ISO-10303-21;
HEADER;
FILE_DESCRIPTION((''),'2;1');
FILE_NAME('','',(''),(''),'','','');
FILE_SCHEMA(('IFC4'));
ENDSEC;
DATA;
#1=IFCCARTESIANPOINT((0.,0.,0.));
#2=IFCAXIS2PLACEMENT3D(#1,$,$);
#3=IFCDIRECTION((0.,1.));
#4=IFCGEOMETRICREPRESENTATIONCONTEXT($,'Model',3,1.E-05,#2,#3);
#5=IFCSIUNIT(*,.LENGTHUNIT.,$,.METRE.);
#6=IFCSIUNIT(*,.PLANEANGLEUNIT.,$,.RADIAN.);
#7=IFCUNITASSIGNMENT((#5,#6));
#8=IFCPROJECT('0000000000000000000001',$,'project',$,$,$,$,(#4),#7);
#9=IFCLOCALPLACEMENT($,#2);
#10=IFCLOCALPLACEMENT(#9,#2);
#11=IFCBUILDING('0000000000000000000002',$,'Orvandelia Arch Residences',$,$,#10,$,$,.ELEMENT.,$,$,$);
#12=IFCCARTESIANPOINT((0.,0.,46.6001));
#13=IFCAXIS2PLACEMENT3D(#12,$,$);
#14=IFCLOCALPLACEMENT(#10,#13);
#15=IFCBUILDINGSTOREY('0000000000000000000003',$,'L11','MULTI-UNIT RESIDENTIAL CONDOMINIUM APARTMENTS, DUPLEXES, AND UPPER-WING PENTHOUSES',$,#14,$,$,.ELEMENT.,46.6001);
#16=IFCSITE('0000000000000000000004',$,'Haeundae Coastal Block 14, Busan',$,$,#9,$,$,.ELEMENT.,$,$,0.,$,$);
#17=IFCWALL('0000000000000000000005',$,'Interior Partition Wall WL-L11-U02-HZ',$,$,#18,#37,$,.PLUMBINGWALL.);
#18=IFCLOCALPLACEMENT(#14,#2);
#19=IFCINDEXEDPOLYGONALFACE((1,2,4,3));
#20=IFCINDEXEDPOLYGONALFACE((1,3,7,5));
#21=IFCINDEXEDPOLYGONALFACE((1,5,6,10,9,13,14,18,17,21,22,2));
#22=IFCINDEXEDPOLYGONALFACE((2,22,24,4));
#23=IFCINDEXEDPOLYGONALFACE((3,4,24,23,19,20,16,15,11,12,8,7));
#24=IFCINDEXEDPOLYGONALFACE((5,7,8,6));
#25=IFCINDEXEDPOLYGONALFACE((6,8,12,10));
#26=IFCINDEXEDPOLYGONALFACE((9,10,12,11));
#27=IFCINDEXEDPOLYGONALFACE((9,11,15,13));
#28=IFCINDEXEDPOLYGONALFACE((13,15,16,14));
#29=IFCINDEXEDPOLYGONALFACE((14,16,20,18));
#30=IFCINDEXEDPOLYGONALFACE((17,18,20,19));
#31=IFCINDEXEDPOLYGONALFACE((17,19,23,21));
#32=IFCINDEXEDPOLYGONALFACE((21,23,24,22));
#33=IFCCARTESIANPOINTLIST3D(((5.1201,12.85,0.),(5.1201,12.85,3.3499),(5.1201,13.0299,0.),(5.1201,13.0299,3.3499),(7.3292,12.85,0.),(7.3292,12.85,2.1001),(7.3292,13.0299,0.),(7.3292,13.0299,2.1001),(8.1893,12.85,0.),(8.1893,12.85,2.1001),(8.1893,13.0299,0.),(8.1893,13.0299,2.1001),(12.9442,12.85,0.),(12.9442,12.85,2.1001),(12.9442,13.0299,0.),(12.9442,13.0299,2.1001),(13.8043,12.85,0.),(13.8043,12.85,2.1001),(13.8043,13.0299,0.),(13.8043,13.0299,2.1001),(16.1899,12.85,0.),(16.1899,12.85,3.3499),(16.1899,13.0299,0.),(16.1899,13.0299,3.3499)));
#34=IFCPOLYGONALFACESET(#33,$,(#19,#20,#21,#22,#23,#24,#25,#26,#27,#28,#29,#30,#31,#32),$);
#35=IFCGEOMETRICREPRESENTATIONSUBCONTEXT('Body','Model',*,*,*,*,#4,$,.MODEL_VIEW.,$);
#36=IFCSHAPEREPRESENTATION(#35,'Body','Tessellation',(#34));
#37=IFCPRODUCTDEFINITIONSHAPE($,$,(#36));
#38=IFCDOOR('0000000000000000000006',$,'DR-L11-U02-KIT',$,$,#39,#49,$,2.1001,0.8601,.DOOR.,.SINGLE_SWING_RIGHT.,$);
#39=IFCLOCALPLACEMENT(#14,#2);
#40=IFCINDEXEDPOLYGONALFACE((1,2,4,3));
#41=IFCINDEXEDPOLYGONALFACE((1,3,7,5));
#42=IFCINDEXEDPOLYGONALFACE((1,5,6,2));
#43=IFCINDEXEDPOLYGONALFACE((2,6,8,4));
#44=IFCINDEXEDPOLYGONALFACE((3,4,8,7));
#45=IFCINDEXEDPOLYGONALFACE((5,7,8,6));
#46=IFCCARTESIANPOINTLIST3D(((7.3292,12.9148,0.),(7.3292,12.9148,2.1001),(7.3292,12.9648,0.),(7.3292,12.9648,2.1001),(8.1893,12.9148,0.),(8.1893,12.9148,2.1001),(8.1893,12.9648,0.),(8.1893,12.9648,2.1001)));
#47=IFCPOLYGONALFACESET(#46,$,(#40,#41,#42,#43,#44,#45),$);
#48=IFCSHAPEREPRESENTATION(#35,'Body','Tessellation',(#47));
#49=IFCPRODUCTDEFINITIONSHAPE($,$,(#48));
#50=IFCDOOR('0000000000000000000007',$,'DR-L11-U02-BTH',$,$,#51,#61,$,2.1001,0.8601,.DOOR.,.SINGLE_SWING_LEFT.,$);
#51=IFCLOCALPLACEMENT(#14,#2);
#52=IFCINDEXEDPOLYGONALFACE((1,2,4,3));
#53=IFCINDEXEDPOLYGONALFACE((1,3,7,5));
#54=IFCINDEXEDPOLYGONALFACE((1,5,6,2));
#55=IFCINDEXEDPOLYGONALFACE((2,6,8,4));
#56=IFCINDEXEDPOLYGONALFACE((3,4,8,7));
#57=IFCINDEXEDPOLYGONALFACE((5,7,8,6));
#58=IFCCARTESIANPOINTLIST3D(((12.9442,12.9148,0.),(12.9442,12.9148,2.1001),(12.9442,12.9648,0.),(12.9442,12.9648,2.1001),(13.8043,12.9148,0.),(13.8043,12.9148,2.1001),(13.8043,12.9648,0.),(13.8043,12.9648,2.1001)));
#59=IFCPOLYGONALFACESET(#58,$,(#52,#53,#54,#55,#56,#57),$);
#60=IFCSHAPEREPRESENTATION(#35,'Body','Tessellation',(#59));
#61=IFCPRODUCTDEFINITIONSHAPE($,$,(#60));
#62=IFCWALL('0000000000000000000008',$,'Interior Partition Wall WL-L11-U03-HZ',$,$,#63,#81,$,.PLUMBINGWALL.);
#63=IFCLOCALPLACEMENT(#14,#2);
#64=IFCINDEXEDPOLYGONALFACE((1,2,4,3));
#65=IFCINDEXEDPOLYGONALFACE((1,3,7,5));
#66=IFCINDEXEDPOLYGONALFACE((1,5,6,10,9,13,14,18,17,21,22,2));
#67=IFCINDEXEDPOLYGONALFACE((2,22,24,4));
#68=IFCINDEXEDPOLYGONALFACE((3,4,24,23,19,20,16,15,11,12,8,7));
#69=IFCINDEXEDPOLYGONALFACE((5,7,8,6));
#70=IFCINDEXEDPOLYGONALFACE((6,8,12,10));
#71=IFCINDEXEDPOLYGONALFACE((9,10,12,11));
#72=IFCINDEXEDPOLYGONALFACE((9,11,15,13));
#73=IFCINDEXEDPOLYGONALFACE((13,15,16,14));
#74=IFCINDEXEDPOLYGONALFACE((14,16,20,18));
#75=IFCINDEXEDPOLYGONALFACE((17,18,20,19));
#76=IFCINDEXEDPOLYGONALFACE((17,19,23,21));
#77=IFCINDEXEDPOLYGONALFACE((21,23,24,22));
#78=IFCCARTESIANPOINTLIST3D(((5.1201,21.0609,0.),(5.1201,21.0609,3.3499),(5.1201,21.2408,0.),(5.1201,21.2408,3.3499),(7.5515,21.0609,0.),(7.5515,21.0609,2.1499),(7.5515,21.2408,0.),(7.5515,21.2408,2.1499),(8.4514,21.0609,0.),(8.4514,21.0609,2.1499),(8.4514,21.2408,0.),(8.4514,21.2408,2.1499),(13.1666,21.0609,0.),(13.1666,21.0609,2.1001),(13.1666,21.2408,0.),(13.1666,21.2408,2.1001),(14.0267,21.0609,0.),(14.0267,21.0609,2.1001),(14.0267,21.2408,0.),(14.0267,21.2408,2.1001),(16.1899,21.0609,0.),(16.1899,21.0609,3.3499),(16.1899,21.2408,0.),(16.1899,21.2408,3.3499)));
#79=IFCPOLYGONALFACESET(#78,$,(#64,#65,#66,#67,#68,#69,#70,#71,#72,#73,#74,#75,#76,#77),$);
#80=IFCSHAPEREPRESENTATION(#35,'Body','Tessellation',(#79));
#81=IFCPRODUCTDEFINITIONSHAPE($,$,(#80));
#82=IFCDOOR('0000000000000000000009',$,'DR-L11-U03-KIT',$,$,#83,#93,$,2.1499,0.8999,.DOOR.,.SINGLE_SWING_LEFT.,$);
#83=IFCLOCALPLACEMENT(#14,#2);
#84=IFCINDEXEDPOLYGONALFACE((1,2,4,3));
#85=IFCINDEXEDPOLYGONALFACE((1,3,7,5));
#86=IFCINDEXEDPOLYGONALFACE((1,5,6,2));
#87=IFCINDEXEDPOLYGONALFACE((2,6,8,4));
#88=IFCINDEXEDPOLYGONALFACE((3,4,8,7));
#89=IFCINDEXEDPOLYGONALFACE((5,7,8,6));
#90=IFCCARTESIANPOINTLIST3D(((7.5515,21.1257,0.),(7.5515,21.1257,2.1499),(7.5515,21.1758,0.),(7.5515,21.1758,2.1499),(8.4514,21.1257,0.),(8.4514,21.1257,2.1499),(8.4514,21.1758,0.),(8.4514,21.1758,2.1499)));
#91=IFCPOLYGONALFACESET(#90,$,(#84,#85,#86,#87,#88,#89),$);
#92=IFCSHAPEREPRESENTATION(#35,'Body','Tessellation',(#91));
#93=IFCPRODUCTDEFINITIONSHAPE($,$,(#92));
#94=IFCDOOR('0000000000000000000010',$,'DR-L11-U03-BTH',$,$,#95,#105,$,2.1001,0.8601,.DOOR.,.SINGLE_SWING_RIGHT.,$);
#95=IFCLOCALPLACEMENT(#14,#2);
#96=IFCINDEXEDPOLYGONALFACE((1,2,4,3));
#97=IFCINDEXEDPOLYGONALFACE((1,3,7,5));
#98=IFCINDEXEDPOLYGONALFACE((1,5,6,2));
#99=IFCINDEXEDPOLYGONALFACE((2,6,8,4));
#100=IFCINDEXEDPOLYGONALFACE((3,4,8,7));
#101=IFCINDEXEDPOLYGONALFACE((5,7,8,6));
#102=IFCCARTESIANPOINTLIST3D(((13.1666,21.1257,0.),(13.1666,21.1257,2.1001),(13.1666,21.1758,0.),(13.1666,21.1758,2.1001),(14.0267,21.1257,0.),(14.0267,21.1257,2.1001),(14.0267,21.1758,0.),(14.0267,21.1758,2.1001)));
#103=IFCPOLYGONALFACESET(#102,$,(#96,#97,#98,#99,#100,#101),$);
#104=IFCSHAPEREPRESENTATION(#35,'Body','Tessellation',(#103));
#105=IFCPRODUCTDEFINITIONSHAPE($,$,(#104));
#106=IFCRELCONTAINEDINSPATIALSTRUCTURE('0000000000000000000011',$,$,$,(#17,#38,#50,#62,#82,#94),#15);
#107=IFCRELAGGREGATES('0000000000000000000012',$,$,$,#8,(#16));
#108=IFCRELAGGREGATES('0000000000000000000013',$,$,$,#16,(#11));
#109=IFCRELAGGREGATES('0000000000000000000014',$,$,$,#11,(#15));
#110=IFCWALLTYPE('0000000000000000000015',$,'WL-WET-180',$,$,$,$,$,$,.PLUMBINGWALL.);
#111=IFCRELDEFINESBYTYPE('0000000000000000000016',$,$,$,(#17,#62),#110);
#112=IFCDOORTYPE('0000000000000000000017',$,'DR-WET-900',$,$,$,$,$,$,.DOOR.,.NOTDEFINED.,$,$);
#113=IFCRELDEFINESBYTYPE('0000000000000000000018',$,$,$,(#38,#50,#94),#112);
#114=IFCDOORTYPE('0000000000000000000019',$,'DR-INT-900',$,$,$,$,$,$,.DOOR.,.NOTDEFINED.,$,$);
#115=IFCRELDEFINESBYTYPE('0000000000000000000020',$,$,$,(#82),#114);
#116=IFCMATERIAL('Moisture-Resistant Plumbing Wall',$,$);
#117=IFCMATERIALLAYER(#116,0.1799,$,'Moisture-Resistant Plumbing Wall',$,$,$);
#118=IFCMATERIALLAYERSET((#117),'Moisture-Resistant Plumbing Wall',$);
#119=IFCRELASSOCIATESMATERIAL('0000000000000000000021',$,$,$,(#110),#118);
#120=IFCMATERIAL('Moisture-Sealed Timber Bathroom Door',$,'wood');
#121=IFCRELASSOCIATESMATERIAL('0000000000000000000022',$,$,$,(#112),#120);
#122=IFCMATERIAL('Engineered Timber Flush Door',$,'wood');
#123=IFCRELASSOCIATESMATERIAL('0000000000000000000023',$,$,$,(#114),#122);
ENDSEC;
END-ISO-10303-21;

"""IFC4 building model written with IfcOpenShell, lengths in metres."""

from ifc_helpers import new_model, si_unit, direction, frame, frame_2d, origin, place, context, subcontext, project, spatial, rectangle, extrude, material, layer, layer_set, type_object, element, fill, save


model = new_model("IFC4")

# Units and contexts
model_context = context("Model", 3, precision=1e-05, world=origin(), true_north=direction((0.0, 1.0)))
body_context = subcontext(model_context, "Body", "Model", "MODEL_VIEW")
ifc_project = project(units=[si_unit("LENGTHUNIT", "METRE"), si_unit("PLANEANGLEUNIT", "RADIAN")], contexts=[model_context])

# Site, building, storey
site_placement = place(None, origin())
site = spatial("IfcSite", under=ifc_project, at=site_placement, Name="Haeundae Coastal Block 14, Busan", CompositionType="ELEMENT", RefElevation=0.0)
building_placement = place(site_placement, origin())
building = spatial("IfcBuilding", under=site, at=building_placement, Name="Orvandelia Arch Residences", CompositionType="ELEMENT")
storey_placement = place(building_placement, frame((0.0, 0.0, 46.6001)))
storey = spatial("IfcBuildingStorey", under=building, at=storey_placement, Name="L11", Description="MULTI-UNIT RESIDENTIAL CONDOMINIUM APARTMENTS, DUPLEXES, AND UPPER-WING PENTHOUSES", CompositionType="ELEMENT", Elevation=46.6001)

# Walls, openings, doors
ifc_material_1 = material(Name="Moisture-Resistant Plumbing Wall")
ifc_layer_1 = layer(ifc_material_1, 0.1799, Name="Moisture-Resistant Plumbing Wall")
ifc_layer_set_1 = layer_set([ifc_layer_1], Name="Moisture-Resistant Plumbing Wall")
wall_type_1 = type_object("IfcWallType", Name="WL-WET-180", PredefinedType="PLUMBINGWALL", material=ifc_layer_set_1)
wall_1_placement = place(storey_placement, frame((5.1201, 12.9399, 0.0), z_axis=(0.0, 0.0, 1.0), x_axis=(1.0, 0.0, 0.0)))
wall_1 = element("IfcWall", 1, at=wall_1_placement, inside=storey, type_object=wall_type_1, Name="Interior Partition Wall WL-L11-U02-HZ", PredefinedType="PLUMBINGWALL", context=body_context, shape_type="SweptSolid", body=[
    extrude(rectangle(XDim=11.0698, YDim=0.1799, at=frame_2d((5.5349, 0.0))), origin(), (0.0, 0.0, 1.0), 3.3499),
])
opening_1_placement = place(wall_1_placement, frame((2.209, 0.0, 0.0)))
opening_1 = element("IfcOpeningElement", 2, at=opening_1_placement, cuts=wall_1, PredefinedType="OPENING", context=body_context, shape_type="SweptSolid", body=[
    extrude(rectangle(XDim=0.8601, YDim=2.1001, at=frame_2d((0.4302, 1.05))), frame((0.0, 0.1001, 0.0), z_axis=(0.0, -1.0, 0.0), x_axis=(1.0, 0.0, 0.0)), (0.0, 0.0, 1.0), 0.2),
])
opening_2_placement = place(wall_1_placement, frame((7.824, 0.0, 0.0)))
opening_2 = element("IfcOpeningElement", 3, at=opening_2_placement, cuts=wall_1, PredefinedType="OPENING", context=body_context, shape_type="SweptSolid", body=[
    extrude(rectangle(XDim=0.8601, YDim=2.1001, at=frame_2d((0.4302, 1.05))), frame((0.0, 0.1001, 0.0), z_axis=(0.0, -1.0, 0.0), x_axis=(1.0, 0.0, 0.0)), (0.0, 0.0, 1.0), 0.2),
])
ifc_material_2 = material(Name="Moisture-Sealed Timber Bathroom Door", Category="wood")
door_type_1 = type_object("IfcDoorType", Name="DR-WET-900", OperationType="NOTDEFINED", PredefinedType="DOOR", material=ifc_material_2)
door_1_placement = place(opening_1_placement, origin())
door_1 = element("IfcDoor", 4, at=door_1_placement, inside=storey, type_object=door_type_1, Name="DR-L11-U02-KIT", OperationType="SINGLE_SWING_RIGHT", OverallHeight=2.1001, OverallWidth=0.8601, PredefinedType="DOOR", context=body_context, shape_type="SweptSolid", body=[
    extrude(rectangle(XDim=0.8601, YDim=2.1001, at=frame_2d((0.4302, 1.05))), frame((0.0, 0.0249, 0.0), z_axis=(0.0, -1.0, 0.0), x_axis=(1.0, 0.0, 0.0)), (0.0, 0.0, 1.0), 0.05),
])
fill(opening_1, door_1)
door_2_placement = place(opening_2_placement, origin())
door_2 = element("IfcDoor", 5, at=door_2_placement, inside=storey, type_object=door_type_1, Name="DR-L11-U02-BTH", OperationType="SINGLE_SWING_LEFT", OverallHeight=2.1001, OverallWidth=0.8601, PredefinedType="DOOR", context=body_context, shape_type="SweptSolid", body=[
    extrude(rectangle(XDim=0.8601, YDim=2.1001, at=frame_2d((0.4302, 1.05))), frame((0.0, 0.0249, 0.0), z_axis=(0.0, -1.0, 0.0), x_axis=(1.0, 0.0, 0.0)), (0.0, 0.0, 1.0), 0.05),
])
fill(opening_2, door_2)
wall_2_placement = place(storey_placement, frame((5.1201, 21.1509, 0.0), z_axis=(0.0, 0.0, 1.0), x_axis=(1.0, 0.0, 0.0)))
wall_2 = element("IfcWall", 6, at=wall_2_placement, inside=storey, type_object=wall_type_1, Name="Interior Partition Wall WL-L11-U03-HZ", PredefinedType="PLUMBINGWALL", context=body_context, shape_type="SweptSolid", body=[
    extrude(rectangle(XDim=11.0698, YDim=0.1799, at=frame_2d((5.5349, 0.0))), origin(), (0.0, 0.0, 1.0), 3.3499),
])
opening_3_placement = place(wall_2_placement, frame((2.4314, 0.0, 0.0)))
opening_3 = element("IfcOpeningElement", 7, at=opening_3_placement, cuts=wall_2, PredefinedType="OPENING", context=body_context, shape_type="SweptSolid", body=[
    extrude(rectangle(XDim=0.8999, YDim=2.1499, at=frame_2d((0.45, 1.075))), frame((0.0, 0.1001, 0.0), z_axis=(0.0, -1.0, 0.0), x_axis=(1.0, 0.0, 0.0)), (0.0, 0.0, 1.0), 0.2),
])
opening_4_placement = place(wall_2_placement, frame((8.0464, 0.0, 0.0)))
opening_4 = element("IfcOpeningElement", 8, at=opening_4_placement, cuts=wall_2, PredefinedType="OPENING", context=body_context, shape_type="SweptSolid", body=[
    extrude(rectangle(XDim=0.8601, YDim=2.1001, at=frame_2d((0.4302, 1.05))), frame((0.0, 0.1001, 0.0), z_axis=(0.0, -1.0, 0.0), x_axis=(1.0, 0.0, 0.0)), (0.0, 0.0, 1.0), 0.2),
])
ifc_material_3 = material(Name="Engineered Timber Flush Door", Category="wood")
door_type_2 = type_object("IfcDoorType", Name="DR-INT-900", OperationType="NOTDEFINED", PredefinedType="DOOR", material=ifc_material_3)
door_3_placement = place(opening_3_placement, origin())
door_3 = element("IfcDoor", 9, at=door_3_placement, inside=storey, type_object=door_type_2, Name="DR-L11-U03-KIT", OperationType="SINGLE_SWING_LEFT", OverallHeight=2.1499, OverallWidth=0.8999, PredefinedType="DOOR", context=body_context, shape_type="SweptSolid", body=[
    extrude(rectangle(XDim=0.8999, YDim=2.1499, at=frame_2d((0.45, 1.075))), frame((0.0, 0.0249, 0.0), z_axis=(0.0, -1.0, 0.0), x_axis=(1.0, 0.0, 0.0)), (0.0, 0.0, 1.0), 0.05),
])
fill(opening_3, door_3)
door_4_placement = place(opening_4_placement, origin())
door_4 = element("IfcDoor", 10, at=door_4_placement, inside=storey, type_object=door_type_1, Name="DR-L11-U03-BTH", OperationType="SINGLE_SWING_RIGHT", OverallHeight=2.1001, OverallWidth=0.8601, PredefinedType="DOOR", context=body_context, shape_type="SweptSolid", body=[
    extrude(rectangle(XDim=0.8601, YDim=2.1001, at=frame_2d((0.4302, 1.05))), frame((0.0, 0.0249, 0.0), z_axis=(0.0, -1.0, 0.0), x_axis=(1.0, 0.0, 0.0)), (0.0, 0.0, 1.0), 0.05),
])
fill(opening_4, door_4)

save(model, "model.ifc")
